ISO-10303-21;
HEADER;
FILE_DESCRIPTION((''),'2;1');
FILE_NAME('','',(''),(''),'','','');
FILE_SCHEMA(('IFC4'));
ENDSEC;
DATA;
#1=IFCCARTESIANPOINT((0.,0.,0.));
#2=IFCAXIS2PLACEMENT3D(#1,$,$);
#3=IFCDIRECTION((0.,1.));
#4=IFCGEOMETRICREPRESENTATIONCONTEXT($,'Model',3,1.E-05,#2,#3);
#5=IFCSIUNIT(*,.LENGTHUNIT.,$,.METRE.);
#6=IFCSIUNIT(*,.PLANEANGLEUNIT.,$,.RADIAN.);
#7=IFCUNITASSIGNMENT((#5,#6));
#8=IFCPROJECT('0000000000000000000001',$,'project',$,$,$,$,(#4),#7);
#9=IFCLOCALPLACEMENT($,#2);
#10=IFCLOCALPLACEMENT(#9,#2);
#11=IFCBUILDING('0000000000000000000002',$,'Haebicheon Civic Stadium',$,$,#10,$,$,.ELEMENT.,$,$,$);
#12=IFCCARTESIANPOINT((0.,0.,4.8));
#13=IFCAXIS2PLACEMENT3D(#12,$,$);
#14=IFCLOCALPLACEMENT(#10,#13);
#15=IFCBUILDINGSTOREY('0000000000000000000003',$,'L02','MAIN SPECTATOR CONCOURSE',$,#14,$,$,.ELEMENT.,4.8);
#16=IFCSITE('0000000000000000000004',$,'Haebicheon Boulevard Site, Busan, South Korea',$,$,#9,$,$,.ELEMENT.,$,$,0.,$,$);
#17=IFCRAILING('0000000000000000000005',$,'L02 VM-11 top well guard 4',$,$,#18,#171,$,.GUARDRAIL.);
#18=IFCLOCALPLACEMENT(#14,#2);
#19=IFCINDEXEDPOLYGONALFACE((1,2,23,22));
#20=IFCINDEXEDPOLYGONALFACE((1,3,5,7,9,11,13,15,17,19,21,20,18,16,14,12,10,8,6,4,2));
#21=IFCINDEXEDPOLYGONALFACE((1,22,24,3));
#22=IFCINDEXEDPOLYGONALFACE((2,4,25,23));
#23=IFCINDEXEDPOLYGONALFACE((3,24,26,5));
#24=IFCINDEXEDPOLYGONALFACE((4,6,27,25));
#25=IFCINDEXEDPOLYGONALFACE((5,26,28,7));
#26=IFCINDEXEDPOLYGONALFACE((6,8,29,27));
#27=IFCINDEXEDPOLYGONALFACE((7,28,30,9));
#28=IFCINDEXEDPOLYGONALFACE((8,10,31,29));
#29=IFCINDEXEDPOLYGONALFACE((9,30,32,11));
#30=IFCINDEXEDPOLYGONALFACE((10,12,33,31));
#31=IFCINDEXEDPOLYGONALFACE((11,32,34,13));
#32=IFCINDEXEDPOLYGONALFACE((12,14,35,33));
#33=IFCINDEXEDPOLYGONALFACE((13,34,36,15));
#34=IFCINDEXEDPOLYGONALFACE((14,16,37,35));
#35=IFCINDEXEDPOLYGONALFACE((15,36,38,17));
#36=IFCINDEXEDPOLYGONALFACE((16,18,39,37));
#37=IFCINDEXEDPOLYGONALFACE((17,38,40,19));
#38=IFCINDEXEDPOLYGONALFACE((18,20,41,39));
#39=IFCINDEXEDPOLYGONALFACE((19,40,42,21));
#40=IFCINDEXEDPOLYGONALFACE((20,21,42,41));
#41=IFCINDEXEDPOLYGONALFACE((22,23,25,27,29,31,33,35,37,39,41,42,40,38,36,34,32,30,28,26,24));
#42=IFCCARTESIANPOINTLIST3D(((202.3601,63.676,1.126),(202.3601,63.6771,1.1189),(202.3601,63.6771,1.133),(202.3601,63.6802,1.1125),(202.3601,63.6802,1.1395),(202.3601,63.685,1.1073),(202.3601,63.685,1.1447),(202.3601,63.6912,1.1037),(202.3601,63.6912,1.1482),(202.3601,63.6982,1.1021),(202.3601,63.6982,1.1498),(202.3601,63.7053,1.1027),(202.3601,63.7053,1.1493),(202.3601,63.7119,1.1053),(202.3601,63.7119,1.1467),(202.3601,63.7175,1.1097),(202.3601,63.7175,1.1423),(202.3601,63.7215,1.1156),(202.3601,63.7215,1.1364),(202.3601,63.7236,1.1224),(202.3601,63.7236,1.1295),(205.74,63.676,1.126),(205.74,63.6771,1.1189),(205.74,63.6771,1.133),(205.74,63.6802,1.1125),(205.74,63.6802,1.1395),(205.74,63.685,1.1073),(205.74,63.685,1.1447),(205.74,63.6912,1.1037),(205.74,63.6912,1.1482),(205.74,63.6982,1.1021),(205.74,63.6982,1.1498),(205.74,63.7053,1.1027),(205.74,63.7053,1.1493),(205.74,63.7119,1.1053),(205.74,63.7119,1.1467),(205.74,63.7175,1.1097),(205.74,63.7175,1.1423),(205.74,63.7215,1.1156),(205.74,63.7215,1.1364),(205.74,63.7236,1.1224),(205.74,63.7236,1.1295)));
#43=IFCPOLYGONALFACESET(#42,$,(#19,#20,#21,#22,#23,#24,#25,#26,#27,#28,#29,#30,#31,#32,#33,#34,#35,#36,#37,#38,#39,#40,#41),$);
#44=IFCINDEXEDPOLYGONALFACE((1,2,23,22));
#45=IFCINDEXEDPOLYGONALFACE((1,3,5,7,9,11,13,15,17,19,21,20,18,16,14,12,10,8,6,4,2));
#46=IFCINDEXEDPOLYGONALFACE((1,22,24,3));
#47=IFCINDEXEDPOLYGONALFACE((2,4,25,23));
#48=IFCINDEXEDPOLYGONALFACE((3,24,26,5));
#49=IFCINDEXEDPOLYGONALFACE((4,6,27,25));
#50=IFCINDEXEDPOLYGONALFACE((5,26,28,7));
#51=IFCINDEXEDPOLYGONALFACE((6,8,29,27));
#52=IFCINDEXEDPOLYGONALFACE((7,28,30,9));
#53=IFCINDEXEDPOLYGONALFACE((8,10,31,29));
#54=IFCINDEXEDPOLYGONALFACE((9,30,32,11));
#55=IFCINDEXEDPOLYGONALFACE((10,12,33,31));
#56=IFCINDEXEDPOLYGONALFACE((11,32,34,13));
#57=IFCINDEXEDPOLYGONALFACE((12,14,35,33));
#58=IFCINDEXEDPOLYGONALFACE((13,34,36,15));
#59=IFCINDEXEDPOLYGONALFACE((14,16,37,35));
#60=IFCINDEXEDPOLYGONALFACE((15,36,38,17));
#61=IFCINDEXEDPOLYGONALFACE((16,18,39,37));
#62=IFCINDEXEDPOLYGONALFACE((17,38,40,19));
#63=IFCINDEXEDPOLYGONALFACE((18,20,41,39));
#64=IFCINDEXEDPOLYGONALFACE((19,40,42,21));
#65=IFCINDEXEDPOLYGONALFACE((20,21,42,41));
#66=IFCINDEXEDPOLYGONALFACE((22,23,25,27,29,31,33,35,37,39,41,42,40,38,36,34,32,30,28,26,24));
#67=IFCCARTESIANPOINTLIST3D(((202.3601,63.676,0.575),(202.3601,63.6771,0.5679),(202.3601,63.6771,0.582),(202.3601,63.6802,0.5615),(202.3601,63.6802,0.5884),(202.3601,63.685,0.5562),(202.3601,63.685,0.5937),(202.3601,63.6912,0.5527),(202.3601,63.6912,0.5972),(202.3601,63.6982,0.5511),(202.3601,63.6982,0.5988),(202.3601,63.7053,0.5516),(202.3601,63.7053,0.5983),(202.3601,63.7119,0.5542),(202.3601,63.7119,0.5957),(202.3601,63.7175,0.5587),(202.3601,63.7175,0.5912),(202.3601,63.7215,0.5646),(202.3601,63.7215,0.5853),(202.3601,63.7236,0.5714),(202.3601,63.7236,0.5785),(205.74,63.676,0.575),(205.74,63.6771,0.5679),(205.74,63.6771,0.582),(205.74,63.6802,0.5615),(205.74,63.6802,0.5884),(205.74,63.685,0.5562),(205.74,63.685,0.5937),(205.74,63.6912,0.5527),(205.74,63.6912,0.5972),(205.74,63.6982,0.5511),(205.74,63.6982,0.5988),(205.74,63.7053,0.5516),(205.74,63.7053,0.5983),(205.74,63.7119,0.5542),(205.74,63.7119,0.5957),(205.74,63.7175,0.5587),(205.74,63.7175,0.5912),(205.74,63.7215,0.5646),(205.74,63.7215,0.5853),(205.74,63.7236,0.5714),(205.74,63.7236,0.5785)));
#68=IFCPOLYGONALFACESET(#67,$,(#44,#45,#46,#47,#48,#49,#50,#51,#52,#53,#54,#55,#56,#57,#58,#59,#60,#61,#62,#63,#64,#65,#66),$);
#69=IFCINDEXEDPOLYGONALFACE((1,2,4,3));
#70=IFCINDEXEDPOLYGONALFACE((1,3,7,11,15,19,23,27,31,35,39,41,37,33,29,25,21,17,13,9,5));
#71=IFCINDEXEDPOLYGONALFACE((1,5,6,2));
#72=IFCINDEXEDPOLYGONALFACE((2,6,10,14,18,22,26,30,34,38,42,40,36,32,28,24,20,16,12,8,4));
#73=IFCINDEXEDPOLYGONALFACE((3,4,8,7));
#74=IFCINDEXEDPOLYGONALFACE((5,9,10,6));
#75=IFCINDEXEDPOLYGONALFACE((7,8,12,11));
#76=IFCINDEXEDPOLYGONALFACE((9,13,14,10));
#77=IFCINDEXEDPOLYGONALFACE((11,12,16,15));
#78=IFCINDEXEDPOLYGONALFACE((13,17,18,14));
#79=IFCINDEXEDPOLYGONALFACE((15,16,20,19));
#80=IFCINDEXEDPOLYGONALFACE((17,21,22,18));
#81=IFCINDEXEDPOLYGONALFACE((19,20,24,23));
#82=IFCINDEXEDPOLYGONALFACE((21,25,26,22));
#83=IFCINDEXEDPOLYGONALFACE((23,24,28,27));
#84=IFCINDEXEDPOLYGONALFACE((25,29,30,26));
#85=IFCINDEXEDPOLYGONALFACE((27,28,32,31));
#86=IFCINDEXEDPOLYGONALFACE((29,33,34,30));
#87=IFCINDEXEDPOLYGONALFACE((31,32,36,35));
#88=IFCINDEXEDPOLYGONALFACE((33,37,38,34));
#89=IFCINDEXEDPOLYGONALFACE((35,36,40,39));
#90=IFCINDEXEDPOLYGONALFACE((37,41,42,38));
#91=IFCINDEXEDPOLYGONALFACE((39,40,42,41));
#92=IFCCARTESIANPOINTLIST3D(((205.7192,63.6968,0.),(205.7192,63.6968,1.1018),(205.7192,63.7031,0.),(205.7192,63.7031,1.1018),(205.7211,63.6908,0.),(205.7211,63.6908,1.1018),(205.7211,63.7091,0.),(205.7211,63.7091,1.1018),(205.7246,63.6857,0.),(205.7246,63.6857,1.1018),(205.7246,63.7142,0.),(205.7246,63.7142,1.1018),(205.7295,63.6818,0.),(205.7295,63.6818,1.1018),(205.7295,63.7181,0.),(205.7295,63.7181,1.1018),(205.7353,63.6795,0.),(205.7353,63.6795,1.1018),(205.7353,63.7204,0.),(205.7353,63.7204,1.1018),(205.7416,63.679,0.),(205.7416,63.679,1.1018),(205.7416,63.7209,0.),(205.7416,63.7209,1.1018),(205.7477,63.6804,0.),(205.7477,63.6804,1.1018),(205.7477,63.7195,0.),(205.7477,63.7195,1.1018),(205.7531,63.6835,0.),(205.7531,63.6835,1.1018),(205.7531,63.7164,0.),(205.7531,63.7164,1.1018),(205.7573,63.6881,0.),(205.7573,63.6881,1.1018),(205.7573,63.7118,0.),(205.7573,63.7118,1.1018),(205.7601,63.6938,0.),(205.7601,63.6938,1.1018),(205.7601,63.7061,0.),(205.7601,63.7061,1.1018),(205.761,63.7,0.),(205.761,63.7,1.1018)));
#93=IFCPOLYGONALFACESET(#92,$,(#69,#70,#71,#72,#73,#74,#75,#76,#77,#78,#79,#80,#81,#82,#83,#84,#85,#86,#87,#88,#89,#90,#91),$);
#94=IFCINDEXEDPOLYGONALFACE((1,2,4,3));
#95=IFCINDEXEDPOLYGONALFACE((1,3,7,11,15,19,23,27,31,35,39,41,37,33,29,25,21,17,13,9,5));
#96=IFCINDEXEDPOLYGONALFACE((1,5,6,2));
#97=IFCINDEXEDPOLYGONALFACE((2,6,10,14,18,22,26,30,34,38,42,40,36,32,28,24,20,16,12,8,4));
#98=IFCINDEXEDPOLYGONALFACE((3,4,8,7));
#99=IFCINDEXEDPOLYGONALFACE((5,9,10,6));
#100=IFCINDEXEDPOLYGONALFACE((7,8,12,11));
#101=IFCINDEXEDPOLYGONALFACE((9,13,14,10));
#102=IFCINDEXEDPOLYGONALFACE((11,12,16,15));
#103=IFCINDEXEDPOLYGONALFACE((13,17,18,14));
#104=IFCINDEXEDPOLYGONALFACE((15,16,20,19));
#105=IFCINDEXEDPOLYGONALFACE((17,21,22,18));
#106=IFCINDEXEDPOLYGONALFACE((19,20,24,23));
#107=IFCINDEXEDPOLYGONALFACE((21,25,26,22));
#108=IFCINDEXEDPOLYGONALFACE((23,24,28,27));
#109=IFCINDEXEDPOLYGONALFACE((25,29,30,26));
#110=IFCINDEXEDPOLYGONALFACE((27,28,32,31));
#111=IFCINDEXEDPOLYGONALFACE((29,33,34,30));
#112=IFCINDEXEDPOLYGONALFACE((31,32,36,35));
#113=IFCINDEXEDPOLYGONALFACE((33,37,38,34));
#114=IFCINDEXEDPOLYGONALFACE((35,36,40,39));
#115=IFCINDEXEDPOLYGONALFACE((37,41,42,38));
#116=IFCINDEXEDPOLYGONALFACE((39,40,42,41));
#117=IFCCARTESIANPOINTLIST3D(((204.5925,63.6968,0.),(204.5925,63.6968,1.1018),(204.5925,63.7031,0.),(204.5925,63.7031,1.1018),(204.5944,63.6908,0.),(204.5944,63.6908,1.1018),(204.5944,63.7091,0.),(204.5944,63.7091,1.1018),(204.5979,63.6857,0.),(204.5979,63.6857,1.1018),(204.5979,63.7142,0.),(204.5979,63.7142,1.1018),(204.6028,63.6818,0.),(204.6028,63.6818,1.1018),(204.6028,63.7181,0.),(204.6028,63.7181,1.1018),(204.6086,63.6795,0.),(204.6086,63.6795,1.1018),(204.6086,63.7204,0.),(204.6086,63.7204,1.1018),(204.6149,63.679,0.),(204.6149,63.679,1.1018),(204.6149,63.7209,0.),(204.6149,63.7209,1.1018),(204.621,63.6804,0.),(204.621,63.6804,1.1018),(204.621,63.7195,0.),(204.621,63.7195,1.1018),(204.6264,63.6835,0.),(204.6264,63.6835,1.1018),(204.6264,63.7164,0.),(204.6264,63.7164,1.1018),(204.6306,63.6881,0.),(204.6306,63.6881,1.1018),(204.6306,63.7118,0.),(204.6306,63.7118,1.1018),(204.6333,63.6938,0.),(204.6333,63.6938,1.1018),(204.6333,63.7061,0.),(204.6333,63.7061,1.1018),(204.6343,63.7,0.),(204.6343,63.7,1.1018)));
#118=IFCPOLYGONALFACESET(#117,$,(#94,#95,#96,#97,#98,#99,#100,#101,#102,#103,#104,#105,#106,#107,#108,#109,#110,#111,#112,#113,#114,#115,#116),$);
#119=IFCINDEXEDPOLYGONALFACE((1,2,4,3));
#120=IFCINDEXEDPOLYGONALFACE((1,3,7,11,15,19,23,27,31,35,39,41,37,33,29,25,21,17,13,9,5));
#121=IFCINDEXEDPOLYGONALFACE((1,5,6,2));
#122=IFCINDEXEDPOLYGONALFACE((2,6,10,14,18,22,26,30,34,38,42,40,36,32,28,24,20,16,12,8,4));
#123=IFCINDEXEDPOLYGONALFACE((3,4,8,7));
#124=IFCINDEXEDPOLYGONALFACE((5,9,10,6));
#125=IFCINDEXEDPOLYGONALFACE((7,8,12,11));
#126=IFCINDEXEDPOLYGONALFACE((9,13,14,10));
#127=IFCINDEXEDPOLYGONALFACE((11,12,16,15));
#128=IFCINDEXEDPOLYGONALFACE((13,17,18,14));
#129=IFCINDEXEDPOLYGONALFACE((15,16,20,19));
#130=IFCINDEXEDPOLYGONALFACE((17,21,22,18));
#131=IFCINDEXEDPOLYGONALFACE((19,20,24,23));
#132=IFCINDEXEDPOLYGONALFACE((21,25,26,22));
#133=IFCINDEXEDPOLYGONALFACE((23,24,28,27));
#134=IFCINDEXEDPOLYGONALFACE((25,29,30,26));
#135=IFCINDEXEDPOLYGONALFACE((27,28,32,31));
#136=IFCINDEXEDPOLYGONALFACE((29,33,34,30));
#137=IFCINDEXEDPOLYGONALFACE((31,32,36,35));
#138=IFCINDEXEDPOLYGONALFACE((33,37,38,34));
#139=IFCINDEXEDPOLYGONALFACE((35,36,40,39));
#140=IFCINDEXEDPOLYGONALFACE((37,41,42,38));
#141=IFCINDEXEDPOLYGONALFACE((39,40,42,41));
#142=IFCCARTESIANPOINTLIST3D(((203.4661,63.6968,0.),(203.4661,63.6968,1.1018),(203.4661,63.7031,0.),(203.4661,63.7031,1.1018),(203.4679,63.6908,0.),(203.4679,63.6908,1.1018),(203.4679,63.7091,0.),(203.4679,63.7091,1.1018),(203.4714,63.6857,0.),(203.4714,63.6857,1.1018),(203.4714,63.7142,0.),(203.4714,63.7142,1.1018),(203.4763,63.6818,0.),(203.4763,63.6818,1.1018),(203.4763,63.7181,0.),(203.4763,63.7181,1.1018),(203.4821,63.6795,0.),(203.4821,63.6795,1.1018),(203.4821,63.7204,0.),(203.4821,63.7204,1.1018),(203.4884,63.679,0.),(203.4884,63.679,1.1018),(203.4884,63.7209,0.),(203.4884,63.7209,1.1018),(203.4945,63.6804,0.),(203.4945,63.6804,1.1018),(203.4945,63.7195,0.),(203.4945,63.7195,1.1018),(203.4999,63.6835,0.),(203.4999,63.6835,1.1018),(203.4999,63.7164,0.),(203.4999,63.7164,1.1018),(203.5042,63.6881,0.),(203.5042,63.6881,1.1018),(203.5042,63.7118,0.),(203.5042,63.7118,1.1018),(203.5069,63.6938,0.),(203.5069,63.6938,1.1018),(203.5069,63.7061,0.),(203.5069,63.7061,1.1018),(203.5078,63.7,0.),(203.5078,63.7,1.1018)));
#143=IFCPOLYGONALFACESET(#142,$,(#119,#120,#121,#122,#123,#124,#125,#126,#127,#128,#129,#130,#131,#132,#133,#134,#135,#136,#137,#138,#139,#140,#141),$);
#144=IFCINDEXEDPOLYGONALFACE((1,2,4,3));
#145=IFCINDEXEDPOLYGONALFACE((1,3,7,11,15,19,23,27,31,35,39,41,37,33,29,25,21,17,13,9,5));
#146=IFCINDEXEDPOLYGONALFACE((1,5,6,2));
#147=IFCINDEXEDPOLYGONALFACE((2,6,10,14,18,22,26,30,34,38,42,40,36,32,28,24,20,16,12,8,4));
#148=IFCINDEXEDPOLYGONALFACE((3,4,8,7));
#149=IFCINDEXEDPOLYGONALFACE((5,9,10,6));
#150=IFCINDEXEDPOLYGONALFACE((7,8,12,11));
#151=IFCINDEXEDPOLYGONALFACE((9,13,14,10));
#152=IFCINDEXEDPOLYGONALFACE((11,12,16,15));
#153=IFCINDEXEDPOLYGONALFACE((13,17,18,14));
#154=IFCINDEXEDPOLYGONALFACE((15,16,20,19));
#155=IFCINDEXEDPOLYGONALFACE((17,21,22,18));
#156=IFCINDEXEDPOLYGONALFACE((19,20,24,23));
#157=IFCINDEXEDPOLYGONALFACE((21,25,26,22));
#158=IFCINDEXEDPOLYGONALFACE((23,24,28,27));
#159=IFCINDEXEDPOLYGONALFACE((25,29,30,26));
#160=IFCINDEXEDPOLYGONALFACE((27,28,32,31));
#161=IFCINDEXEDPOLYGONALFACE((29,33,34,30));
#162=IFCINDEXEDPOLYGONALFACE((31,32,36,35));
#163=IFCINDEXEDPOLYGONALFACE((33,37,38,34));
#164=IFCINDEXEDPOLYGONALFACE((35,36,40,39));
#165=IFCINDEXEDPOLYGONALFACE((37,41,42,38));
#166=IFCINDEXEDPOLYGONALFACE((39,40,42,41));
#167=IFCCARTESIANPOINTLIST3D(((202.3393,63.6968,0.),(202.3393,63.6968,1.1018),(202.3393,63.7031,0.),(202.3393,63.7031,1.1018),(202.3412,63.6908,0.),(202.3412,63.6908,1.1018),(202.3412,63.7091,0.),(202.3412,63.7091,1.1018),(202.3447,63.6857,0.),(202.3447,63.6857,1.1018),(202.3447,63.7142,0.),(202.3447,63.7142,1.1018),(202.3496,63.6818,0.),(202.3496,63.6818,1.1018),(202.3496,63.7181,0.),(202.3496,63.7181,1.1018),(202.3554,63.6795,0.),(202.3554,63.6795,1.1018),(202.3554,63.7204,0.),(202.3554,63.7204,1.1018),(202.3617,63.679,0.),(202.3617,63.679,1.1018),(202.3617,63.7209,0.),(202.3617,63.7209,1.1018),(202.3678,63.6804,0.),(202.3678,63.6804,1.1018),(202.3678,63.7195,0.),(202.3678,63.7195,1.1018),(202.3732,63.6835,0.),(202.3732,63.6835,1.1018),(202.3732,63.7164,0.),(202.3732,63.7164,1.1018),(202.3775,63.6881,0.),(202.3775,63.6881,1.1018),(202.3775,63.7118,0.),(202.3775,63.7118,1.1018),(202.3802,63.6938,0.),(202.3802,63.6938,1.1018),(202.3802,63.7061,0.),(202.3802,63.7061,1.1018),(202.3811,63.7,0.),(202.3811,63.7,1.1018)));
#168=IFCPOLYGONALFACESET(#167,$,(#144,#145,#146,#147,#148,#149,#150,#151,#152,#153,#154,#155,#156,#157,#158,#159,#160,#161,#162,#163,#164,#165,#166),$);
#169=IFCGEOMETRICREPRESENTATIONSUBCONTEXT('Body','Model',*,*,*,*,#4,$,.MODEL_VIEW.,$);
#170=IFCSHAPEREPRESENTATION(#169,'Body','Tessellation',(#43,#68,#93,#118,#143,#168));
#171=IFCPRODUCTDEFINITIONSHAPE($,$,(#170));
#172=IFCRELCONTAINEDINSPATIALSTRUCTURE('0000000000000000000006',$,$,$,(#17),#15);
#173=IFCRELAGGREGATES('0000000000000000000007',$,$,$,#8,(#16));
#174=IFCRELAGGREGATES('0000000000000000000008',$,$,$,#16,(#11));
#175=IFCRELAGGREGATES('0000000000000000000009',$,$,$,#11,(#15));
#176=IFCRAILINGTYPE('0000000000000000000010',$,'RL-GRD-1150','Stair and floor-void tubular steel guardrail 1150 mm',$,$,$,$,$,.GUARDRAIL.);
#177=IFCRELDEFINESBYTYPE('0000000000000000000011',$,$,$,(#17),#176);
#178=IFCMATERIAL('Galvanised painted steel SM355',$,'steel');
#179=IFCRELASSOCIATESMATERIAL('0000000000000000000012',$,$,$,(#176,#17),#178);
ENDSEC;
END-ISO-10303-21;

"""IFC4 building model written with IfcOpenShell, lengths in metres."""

from ifc_helpers import new_model, si_unit, direction, frame, origin, origin_2d, place, context, subcontext, project, spatial, circle, extrude, material, type_object, element, save


model = new_model("IFC4")

# Units and contexts
model_context = context("Model", 3, precision=1e-05, world=origin(), true_north=direction((0.0, 1.0)))
body_context = subcontext(model_context, "Body", "Model", "MODEL_VIEW")
ifc_project = project(units=[si_unit("LENGTHUNIT", "METRE"), si_unit("PLANEANGLEUNIT", "RADIAN")], contexts=[model_context])

# Site, building, storey
site_placement = place(None, origin())
site = spatial("IfcSite", under=ifc_project, at=site_placement, Name="Haebicheon Boulevard Site, Busan, South Korea", CompositionType="ELEMENT", RefElevation=0.0)
building_placement = place(site_placement, origin())
building = spatial("IfcBuilding", under=site, at=building_placement, Name="Haebicheon Civic Stadium", CompositionType="ELEMENT")
storey_placement = place(building_placement, frame((0.0, 0.0, 4.8)))
storey = spatial("IfcBuildingStorey", under=building, at=storey_placement, Name="L02", Description="MAIN SPECTATOR CONCOURSE", CompositionType="ELEMENT", Elevation=4.8)

# Railing
ifc_material_1 = material(Name="Galvanised painted steel SM355", Category="steel")
railing_type_1 = type_object("IfcRailingType", Name="RL-GRD-1150", Description="Stair and floor-void tubular steel guardrail 1150 mm", PredefinedType="GUARDRAIL", material=ifc_material_1)
railing_1_placement = place(storey_placement, frame((205.74, 63.7, 0.0)))
element("IfcRailing", 1, at=railing_1_placement, inside=storey, type_object=railing_type_1, material=ifc_material_1, Name="L02 VM-11 top well guard 4", PredefinedType="GUARDRAIL", context=body_context, shape_type="SweptSolid", body=[
    extrude(circle(Radius=0.0239, at=origin_2d()), frame((0.0, 0.0, 1.126), z_axis=(-1.0, 0.0, 0.0), x_axis=(0.0, -1.0, 0.0)), (0.0, 0.0, 1.0), 3.3799),
    extrude(circle(Radius=0.0239, at=origin_2d()), frame((0.0, 0.0, 0.575), z_axis=(-1.0, 0.0, 0.0), x_axis=(0.0, -1.0, 0.0)), (0.0, 0.0, 1.0), 3.3799),
    extrude(circle(Radius=0.021, at=origin_2d()), origin(), (0.0, 0.0, 1.0), 1.1018),
    extrude(circle(Radius=0.021, at=origin_2d()), frame((-1.1267, 0.0, 0.0)), (0.0, 0.0, 1.0), 1.1018),
    extrude(circle(Radius=0.021, at=origin_2d()), frame((-2.2532, 0.0, 0.0)), (0.0, 0.0, 1.0), 1.1018),
    extrude(circle(Radius=0.021, at=origin_2d()), frame((-3.3799, 0.0, 0.0)), (0.0, 0.0, 1.0), 1.1018),
])

save(model, "model.ifc")
